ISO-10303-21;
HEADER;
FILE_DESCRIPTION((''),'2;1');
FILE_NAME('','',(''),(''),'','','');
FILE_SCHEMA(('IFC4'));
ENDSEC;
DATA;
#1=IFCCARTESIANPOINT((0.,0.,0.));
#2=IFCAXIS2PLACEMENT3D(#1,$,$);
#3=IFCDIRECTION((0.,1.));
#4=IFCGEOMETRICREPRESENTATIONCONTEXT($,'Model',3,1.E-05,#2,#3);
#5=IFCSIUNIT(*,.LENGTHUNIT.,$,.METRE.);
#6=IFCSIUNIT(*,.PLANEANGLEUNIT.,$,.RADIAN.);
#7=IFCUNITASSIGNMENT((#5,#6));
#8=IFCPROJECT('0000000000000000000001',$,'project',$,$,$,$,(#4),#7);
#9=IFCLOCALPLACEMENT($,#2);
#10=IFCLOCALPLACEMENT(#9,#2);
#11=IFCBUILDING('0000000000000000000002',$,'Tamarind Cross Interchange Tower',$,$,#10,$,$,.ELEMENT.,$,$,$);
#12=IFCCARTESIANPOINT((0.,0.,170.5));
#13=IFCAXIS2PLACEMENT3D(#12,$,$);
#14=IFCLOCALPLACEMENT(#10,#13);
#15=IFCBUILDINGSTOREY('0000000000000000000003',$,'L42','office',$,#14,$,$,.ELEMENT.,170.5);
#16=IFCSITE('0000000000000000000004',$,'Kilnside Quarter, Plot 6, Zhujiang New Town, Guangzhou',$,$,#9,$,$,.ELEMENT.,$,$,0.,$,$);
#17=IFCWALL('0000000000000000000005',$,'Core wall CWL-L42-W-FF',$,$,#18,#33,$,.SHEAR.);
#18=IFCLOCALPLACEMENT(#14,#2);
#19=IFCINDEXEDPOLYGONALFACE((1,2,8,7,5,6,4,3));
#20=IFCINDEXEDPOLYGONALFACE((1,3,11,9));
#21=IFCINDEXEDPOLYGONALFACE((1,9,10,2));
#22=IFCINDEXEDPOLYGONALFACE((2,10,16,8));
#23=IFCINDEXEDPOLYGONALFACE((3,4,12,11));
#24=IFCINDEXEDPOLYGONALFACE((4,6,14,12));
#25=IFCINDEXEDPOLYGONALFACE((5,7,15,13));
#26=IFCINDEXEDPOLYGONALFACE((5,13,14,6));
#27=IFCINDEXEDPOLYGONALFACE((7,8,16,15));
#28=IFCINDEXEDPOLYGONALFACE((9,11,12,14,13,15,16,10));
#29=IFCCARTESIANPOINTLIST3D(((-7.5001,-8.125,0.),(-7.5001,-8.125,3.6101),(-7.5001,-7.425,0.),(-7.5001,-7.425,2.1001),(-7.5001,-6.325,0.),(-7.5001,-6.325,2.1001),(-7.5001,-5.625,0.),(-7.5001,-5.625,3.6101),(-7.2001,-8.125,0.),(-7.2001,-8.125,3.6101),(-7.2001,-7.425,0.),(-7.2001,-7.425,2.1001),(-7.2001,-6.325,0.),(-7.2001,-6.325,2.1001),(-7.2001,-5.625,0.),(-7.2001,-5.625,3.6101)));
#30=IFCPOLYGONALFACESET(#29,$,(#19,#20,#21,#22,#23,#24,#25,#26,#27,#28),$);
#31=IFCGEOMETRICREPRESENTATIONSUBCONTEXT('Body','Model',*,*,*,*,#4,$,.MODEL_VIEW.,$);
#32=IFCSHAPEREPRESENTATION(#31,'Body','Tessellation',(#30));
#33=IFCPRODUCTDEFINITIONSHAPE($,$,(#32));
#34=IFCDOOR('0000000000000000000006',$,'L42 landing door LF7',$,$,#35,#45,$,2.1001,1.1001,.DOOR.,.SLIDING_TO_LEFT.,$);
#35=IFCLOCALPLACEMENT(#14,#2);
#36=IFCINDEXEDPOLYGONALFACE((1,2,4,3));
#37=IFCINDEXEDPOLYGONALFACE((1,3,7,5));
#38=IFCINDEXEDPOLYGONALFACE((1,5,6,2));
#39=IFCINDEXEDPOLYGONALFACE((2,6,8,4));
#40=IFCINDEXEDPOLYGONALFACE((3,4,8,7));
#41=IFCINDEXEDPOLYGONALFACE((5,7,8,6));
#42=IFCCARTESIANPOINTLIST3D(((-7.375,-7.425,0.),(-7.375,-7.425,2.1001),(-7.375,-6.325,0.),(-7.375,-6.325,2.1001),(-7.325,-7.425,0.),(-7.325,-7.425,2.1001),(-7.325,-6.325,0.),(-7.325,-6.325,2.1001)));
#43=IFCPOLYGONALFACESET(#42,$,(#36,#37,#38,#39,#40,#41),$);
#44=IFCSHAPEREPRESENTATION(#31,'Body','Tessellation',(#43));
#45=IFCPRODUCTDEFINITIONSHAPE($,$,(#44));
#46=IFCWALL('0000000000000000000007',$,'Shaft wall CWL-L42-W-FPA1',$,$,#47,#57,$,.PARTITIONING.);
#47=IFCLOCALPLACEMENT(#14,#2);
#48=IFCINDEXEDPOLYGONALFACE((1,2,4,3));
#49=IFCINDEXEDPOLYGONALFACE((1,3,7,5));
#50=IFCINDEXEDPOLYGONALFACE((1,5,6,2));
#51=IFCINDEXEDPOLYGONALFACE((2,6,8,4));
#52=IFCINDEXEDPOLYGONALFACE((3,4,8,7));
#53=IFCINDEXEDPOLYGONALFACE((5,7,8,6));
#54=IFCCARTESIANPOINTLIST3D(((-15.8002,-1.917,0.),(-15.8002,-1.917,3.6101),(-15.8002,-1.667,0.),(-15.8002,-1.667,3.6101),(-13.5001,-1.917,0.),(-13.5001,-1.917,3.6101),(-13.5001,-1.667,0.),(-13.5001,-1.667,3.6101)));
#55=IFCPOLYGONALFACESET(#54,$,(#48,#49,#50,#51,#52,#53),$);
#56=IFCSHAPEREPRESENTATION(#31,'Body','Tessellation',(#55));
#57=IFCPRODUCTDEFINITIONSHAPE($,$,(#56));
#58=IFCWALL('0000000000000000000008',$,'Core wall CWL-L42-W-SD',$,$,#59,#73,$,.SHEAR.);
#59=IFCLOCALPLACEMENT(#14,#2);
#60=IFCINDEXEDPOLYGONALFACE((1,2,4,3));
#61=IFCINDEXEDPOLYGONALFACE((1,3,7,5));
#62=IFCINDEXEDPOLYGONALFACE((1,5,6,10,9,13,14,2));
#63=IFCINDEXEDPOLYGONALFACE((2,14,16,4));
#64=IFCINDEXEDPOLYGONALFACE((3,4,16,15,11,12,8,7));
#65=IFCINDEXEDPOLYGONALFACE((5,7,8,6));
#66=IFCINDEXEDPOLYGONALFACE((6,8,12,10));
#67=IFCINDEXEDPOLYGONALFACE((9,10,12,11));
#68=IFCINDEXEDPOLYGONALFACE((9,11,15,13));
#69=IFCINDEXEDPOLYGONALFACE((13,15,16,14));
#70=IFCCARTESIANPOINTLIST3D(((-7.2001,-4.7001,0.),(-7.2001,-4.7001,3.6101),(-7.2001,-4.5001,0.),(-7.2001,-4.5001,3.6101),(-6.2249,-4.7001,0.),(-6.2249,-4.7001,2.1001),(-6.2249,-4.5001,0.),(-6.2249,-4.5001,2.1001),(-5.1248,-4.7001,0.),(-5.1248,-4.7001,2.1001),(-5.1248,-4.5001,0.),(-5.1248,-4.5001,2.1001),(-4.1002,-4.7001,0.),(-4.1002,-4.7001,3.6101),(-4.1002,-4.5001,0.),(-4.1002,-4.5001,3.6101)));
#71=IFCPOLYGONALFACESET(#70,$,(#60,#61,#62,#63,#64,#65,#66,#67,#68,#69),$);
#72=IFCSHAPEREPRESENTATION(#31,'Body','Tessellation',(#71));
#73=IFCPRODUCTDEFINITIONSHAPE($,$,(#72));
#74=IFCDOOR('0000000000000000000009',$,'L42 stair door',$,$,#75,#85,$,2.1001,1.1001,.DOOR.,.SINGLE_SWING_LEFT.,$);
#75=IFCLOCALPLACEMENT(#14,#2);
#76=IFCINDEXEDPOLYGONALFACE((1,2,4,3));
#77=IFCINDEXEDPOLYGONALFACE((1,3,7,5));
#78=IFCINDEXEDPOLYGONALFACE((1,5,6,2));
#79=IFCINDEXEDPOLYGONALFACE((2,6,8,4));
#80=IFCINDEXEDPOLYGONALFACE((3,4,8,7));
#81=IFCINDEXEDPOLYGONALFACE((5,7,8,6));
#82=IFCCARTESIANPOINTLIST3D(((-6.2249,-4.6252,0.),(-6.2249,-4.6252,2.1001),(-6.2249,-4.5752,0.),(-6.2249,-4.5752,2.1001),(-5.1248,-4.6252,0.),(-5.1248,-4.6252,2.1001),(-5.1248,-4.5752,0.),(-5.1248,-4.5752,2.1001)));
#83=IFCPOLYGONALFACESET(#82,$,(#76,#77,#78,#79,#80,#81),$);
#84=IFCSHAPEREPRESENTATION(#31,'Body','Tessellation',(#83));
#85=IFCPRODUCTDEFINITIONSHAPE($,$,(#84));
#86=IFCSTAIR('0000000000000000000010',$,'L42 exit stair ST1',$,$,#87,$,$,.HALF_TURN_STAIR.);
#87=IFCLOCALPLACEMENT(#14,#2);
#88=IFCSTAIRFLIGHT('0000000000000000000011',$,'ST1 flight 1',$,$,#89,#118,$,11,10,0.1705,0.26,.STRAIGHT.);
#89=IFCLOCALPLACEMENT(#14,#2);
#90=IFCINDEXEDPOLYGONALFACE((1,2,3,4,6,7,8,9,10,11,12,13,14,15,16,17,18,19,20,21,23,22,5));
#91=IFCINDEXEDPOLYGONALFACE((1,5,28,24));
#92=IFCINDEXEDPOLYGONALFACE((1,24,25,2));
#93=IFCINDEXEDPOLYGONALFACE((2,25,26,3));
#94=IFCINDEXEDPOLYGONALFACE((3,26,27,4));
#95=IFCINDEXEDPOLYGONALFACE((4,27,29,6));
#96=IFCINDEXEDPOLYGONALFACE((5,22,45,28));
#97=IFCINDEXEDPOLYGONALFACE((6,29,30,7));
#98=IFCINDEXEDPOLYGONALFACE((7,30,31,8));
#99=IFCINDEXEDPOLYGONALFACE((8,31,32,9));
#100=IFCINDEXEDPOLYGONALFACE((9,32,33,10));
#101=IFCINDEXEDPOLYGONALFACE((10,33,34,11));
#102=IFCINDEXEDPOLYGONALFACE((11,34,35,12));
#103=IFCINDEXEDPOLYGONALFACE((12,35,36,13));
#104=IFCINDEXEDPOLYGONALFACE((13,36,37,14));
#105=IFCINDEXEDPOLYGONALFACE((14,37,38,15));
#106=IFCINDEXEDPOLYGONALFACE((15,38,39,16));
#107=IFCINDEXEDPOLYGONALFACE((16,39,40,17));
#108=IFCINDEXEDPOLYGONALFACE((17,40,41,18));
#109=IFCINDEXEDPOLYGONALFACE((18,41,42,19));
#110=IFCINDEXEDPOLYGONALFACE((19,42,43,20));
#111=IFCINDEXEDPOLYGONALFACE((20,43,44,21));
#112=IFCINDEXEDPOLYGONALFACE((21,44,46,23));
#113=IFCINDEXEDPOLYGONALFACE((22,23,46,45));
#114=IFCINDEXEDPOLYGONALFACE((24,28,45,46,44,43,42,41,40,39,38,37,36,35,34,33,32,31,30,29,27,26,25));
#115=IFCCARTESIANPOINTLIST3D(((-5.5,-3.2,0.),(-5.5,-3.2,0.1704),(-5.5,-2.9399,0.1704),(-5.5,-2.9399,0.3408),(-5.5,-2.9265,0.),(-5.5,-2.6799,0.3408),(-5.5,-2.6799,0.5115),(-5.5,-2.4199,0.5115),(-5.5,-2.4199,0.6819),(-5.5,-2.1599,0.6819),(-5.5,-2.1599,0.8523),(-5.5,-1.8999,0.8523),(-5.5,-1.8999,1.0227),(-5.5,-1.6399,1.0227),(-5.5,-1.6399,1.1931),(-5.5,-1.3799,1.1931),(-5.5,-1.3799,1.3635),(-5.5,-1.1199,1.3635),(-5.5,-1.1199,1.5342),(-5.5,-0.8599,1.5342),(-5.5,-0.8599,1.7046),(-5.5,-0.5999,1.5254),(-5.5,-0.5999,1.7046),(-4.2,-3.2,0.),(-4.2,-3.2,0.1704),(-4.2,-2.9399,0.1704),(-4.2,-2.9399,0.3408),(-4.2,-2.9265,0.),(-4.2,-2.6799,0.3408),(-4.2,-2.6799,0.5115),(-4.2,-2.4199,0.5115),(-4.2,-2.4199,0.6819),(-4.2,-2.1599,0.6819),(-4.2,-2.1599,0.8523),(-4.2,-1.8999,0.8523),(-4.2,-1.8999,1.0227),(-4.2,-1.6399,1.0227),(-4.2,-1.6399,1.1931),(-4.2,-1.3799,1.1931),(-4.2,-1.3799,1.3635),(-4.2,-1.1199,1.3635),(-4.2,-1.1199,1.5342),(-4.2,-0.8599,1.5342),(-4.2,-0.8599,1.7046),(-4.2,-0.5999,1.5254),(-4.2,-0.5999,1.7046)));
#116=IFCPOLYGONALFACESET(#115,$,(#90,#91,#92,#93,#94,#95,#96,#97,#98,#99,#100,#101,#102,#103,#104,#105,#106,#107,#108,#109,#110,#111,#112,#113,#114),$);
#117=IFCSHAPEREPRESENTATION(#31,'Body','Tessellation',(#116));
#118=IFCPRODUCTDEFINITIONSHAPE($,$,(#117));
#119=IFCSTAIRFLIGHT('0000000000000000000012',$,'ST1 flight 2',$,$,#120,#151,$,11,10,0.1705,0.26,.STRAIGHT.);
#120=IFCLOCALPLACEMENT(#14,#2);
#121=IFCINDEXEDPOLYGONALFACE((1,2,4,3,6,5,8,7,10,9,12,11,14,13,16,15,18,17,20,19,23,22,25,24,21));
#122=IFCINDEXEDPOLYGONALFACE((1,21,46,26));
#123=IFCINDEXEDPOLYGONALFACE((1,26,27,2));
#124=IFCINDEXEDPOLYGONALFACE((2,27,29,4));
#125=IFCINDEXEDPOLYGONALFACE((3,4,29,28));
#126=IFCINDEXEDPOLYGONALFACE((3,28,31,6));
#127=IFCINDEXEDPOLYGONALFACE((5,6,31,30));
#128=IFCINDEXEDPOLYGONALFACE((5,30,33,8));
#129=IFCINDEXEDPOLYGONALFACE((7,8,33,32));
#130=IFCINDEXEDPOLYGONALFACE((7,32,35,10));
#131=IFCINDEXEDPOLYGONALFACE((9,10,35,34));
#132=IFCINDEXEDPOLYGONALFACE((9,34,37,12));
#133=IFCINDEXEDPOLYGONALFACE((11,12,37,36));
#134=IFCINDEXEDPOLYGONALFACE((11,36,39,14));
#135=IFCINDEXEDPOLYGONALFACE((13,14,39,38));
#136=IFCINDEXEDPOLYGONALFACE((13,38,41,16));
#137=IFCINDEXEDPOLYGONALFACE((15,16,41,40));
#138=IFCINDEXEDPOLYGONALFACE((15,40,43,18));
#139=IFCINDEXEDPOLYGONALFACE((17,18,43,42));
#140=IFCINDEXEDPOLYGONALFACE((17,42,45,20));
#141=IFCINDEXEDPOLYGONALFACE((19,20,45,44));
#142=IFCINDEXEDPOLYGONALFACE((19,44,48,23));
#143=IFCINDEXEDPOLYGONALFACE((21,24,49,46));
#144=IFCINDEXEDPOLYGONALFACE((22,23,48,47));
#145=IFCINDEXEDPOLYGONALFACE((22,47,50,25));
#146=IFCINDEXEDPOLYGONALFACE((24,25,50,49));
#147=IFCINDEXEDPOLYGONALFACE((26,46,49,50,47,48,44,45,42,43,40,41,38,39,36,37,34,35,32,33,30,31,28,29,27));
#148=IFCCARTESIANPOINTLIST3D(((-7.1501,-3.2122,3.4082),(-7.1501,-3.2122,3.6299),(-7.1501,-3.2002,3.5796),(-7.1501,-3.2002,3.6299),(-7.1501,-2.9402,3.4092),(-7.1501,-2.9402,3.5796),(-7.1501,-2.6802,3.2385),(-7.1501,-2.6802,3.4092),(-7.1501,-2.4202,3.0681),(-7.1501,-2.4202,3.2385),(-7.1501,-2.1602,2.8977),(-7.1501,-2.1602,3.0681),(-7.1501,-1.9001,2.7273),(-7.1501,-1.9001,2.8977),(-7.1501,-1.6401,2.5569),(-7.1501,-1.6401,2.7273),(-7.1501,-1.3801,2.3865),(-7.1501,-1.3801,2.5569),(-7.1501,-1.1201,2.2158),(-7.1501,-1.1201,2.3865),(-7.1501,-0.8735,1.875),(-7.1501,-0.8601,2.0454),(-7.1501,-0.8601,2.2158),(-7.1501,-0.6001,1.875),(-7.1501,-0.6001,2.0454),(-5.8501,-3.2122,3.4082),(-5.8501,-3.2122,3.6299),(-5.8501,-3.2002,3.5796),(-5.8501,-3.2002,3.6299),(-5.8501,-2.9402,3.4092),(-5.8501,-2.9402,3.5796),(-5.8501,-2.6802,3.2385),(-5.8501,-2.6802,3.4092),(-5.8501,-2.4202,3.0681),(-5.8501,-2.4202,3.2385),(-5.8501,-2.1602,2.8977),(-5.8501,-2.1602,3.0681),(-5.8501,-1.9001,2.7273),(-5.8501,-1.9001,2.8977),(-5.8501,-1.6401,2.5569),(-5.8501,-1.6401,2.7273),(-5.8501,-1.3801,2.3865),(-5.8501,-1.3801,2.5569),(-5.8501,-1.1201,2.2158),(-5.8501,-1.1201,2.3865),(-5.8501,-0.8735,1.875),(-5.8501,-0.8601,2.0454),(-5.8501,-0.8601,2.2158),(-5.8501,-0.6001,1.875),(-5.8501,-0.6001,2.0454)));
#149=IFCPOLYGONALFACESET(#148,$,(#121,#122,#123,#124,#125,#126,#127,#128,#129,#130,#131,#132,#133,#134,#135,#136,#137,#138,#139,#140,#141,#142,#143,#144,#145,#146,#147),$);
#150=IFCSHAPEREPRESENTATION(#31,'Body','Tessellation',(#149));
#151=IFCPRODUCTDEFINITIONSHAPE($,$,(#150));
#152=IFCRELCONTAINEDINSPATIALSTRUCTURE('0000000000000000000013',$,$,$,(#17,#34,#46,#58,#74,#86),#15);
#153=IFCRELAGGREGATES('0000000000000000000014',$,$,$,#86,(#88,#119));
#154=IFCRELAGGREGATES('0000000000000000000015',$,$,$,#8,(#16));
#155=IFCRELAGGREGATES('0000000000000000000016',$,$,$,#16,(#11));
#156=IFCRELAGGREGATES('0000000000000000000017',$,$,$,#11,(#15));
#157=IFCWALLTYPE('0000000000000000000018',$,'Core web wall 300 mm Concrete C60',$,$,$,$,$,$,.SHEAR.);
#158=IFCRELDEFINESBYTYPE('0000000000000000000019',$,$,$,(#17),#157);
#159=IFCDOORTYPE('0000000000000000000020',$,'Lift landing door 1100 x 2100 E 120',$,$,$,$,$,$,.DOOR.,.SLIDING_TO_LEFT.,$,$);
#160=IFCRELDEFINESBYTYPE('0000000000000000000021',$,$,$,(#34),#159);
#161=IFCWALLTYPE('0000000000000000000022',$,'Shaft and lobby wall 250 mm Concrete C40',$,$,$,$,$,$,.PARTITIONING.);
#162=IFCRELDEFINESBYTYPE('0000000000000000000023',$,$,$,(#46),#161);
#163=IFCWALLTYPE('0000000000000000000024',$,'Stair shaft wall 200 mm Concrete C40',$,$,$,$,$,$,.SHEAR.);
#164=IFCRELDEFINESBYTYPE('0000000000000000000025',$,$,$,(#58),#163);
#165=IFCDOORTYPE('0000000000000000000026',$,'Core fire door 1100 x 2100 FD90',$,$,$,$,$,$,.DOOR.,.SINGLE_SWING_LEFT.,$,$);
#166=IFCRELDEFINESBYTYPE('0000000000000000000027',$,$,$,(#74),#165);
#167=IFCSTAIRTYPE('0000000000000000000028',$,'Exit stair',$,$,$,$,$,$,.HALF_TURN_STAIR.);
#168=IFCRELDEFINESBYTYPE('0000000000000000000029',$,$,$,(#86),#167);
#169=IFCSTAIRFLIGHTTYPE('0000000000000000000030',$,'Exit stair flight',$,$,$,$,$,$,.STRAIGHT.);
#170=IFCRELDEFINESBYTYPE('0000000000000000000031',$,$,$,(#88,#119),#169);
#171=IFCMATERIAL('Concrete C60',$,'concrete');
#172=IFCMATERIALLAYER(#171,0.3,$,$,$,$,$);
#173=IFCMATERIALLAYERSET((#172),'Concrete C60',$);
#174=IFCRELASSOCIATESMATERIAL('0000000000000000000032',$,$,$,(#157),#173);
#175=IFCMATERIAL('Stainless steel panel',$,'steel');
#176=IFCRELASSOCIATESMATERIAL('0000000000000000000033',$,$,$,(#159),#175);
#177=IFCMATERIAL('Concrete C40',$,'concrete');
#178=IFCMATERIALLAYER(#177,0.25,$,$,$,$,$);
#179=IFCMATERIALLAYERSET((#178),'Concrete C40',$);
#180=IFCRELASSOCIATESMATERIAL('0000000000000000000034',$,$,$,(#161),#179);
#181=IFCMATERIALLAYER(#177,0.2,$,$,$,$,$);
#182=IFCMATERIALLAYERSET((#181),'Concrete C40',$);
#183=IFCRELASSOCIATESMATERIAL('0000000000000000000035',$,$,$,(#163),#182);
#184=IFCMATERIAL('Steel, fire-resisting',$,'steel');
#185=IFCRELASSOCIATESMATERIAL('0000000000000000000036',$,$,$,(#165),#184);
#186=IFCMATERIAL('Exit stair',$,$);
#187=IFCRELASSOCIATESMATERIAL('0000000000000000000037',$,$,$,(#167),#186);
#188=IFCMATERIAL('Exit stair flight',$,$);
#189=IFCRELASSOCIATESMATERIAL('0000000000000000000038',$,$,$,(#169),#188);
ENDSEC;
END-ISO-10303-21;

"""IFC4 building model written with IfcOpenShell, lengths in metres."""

from ifc_helpers import new_model, si_unit, direction, frame, frame_2d, origin, place, context, subcontext, project, spatial, polyline, rectangle, outline, extrude, material, layer, layer_set, type_object, element, fill, aggregate, save


model = new_model("IFC4")

# Units and contexts
model_context = context("Model", 3, precision=1e-05, world=origin(), true_north=direction((0.0, 1.0)))
body_context = subcontext(model_context, "Body", "Model", "MODEL_VIEW")
ifc_project = project(units=[si_unit("LENGTHUNIT", "METRE"), si_unit("PLANEANGLEUNIT", "RADIAN")], contexts=[model_context])

# Site, building, storey
site_placement = place(None, origin())
site = spatial("IfcSite", under=ifc_project, at=site_placement, Name="Kilnside Quarter, Plot 6, Zhujiang New Town, Guangzhou", CompositionType="ELEMENT", RefElevation=0.0)
building_placement = place(site_placement, origin())
building = spatial("IfcBuilding", under=site, at=building_placement, Name="Tamarind Cross Interchange Tower", CompositionType="ELEMENT")
storey_placement = place(building_placement, frame((0.0, 0.0, 170.5)))
storey = spatial("IfcBuildingStorey", under=building, at=storey_placement, Name="L42", Description="office", CompositionType="ELEMENT", Elevation=170.5)

# Shared definitions
ifc_material_1 = material(Name="Concrete C60", Category="concrete")
ifc_material_2 = material(Name="Steel, fire-resisting", Category="steel")

# Wall, opening, door
ifc_layer_1 = layer(ifc_material_1, 0.3)
ifc_layer_set_1 = layer_set([ifc_layer_1], Name="Concrete C60")
wall_type_1 = type_object("IfcWallType", Name="Core web wall 300 mm Concrete C60", PredefinedType="SHEAR", material=ifc_layer_set_1)
wall_1_placement = place(storey_placement, frame((-7.3501, -8.125, 0.0), z_axis=(0.0, 0.0, 1.0), x_axis=(0.0, 1.0, 0.0)))
wall_1 = element("IfcWall", 1, at=wall_1_placement, inside=storey, type_object=wall_type_1, Name="Core wall CWL-L42-W-FF", PredefinedType="SHEAR", context=body_context, shape_type="SweptSolid", body=[
    extrude(rectangle(XDim=2.5, YDim=0.3, at=frame_2d((1.25, 0.0))), origin(), (0.0, 0.0, 1.0), 3.6101),
])
opening_1_placement = place(wall_1_placement, frame((0.7, 0.0, 0.0)))
opening_1 = element("IfcOpeningElement", 2, at=opening_1_placement, cuts=wall_1, PredefinedType="OPENING", context=body_context, shape_type="SweptSolid", body=[
    extrude(rectangle(XDim=1.1001, YDim=2.1001, at=frame_2d((0.55, 1.05))), frame((0.0, 0.1599, 0.0), z_axis=(0.0, -1.0, 0.0), x_axis=(1.0, 0.0, 0.0)), (0.0, 0.0, 1.0), 0.3201),
])
ifc_material_3 = material(Name="Stainless steel panel", Category="steel")
door_type_1 = type_object("IfcDoorType", Name="Lift landing door 1100 x 2100 E 120", OperationType="SLIDING_TO_LEFT", PredefinedType="DOOR", material=ifc_material_3)
door_1_placement = place(opening_1_placement, origin())
door_1 = element("IfcDoor", 3, at=door_1_placement, inside=storey, type_object=door_type_1, Name="L42 landing door LF7", OperationType="SLIDING_TO_LEFT", OverallHeight=2.1001, OverallWidth=1.1001, PredefinedType="DOOR", context=body_context, shape_type="SweptSolid", body=[
    extrude(rectangle(XDim=1.1001, YDim=2.1001, at=frame_2d((0.55, 1.05))), frame((0.0, 0.0249, 0.0), z_axis=(0.0, -1.0, 0.0), x_axis=(1.0, 0.0, 0.0)), (0.0, 0.0, 1.0), 0.05),
])
fill(opening_1, door_1)

# Wall
ifc_material_4 = material(Name="Concrete C40", Category="concrete")
ifc_layer_2 = layer(ifc_material_4, 0.25)
ifc_layer_set_2 = layer_set([ifc_layer_2], Name="Concrete C40")
wall_type_2 = type_object("IfcWallType", Name="Shaft and lobby wall 250 mm Concrete C40", PredefinedType="PARTITIONING", material=ifc_layer_set_2)
wall_2_placement = place(storey_placement, frame((-15.8, -1.792, 0.0), z_axis=(0.0, 0.0, 1.0), x_axis=(1.0, 0.0, 0.0)))
element("IfcWall", 4, at=wall_2_placement, inside=storey, type_object=wall_type_2, Name="Shaft wall CWL-L42-W-FPA1", PredefinedType="PARTITIONING", context=body_context, shape_type="SweptSolid", body=[
    extrude(rectangle(XDim=2.3, YDim=0.25, at=frame_2d((1.1499, 0.0))), origin(), (0.0, 0.0, 1.0), 3.6101),
])

# Wall, opening, door
ifc_layer_3 = layer(ifc_material_4, 0.2)
ifc_layer_set_3 = layer_set([ifc_layer_3], Name="Concrete C40")
wall_type_3 = type_object("IfcWallType", Name="Stair shaft wall 200 mm Concrete C40", PredefinedType="SHEAR", material=ifc_layer_set_3)
wall_3_placement = place(storey_placement, frame((-7.2, -4.6001, 0.0), z_axis=(0.0, 0.0, 1.0), x_axis=(1.0, 0.0, 0.0)))
wall_3 = element("IfcWall", 5, at=wall_3_placement, inside=storey, type_object=wall_type_3, Name="Core wall CWL-L42-W-SD", PredefinedType="SHEAR", context=body_context, shape_type="SweptSolid", body=[
    extrude(rectangle(XDim=3.0999, YDim=0.2, at=frame_2d((1.5498, 0.0))), origin(), (0.0, 0.0, 1.0), 3.6101),
])
opening_2_placement = place(wall_3_placement, frame((0.9751, 0.0, 0.0)))
opening_2 = element("IfcOpeningElement", 6, at=opening_2_placement, cuts=wall_3, PredefinedType="OPENING", context=body_context, shape_type="SweptSolid", body=[
    extrude(rectangle(XDim=1.1001, YDim=2.1001, at=frame_2d((0.55, 1.05))), frame((0.0, 0.1099, 0.0), z_axis=(0.0, -1.0, 0.0), x_axis=(1.0, 0.0, 0.0)), (0.0, 0.0, 1.0), 0.22),
])
door_type_2 = type_object("IfcDoorType", Name="Core fire door 1100 x 2100 FD90", OperationType="SINGLE_SWING_LEFT", PredefinedType="DOOR", material=ifc_material_2)
door_2_placement = place(opening_2_placement, origin())
door_2 = element("IfcDoor", 7, at=door_2_placement, inside=storey, type_object=door_type_2, Name="L42 stair door", OperationType="SINGLE_SWING_LEFT", OverallHeight=2.1001, OverallWidth=1.1001, PredefinedType="DOOR", context=body_context, shape_type="SweptSolid", body=[
    extrude(rectangle(XDim=1.1001, YDim=2.1001, at=frame_2d((0.55, 1.05))), frame((0.0, 0.0249, 0.0), z_axis=(0.0, -1.0, 0.0), x_axis=(1.0, 0.0, 0.0)), (0.0, 0.0, 1.0), 0.05),
])
fill(opening_2, door_2)

# Stair, stair flights
ifc_material_5 = material(Name="Exit stair")
stair_type = type_object("IfcStairType", Name="Exit stair", PredefinedType="HALF_TURN_STAIR", material=ifc_material_5)
stair_placement = place(storey_placement, origin())
stair = element("IfcStair", 8, at=stair_placement, inside=storey, type_object=stair_type, Name="L42 exit stair ST1", PredefinedType="HALF_TURN_STAIR")
ifc_material_6 = material(Name="Exit stair flight")
stair_flight_type = type_object("IfcStairFlightType", Name="Exit stair flight", PredefinedType="STRAIGHT", material=ifc_material_6)
stair_flight_1_placement = place(storey_placement, frame((-4.8501, -3.2, 0.0), z_axis=(0.0, 0.0, 1.0), x_axis=(0.0, 1.0, 0.0)))
stair_flight_1 = element("IfcStairFlight", 9, at=stair_flight_1_placement, type_object=stair_flight_type, Name="ST1 flight 1", NumberOfRisers=11, NumberOfTreads=10, PredefinedType="STRAIGHT", RiserHeight=0.1705, TreadLength=0.26, context=body_context, shape_type="SweptSolid", body=[
    extrude(outline(polyline([(0.0, 0.0), (0.0, 0.1704), (0.26, 0.1704), (0.26, 0.3408), (0.52, 0.3408), (0.52, 0.5115), (0.78, 0.5115), (0.78, 0.6819), (1.04, 0.6819), (1.04, 0.8523), (1.3, 0.8523), (1.3, 1.0227), (1.5601, 1.0227), (1.5601, 1.1931), (1.8201, 1.1931), (1.8201, 1.3635), (2.0801, 1.3635), (2.0801, 1.5342), (2.3401, 1.5342), (2.3401, 1.7046), (2.6001, 1.7046), (2.6001, 1.875), (2.6001, 1.5254), (0.2734, 0.0), (0.0, 0.0)])), frame((0.0, 0.6499, 0.0), z_axis=(0.0, -1.0, 0.0), x_axis=(1.0, 0.0, 0.0)), (0.0, 0.0, 1.0), 1.3),
])
stair_flight_2_placement = place(storey_placement, frame((-6.5, -0.6001, 1.875), z_axis=(0.0, 0.0, 1.0), x_axis=(0.0, -1.0, 0.0)))
stair_flight_2 = element("IfcStairFlight", 10, at=stair_flight_2_placement, type_object=stair_flight_type, Name="ST1 flight 2", NumberOfRisers=11, NumberOfTreads=10, PredefinedType="STRAIGHT", RiserHeight=0.1705, TreadLength=0.26, context=body_context, shape_type="SweptSolid", body=[
    extrude(outline(polyline([(0.0, 0.0), (0.0, 0.1704), (0.26, 0.1704), (0.26, 0.3408), (0.52, 0.3408), (0.52, 0.5115), (0.78, 0.5115), (0.78, 0.6819), (1.04, 0.6819), (1.04, 0.8523), (1.3, 0.8523), (1.3, 1.0227), (1.5601, 1.0227), (1.5601, 1.1931), (1.8201, 1.1931), (1.8201, 1.3635), (2.0801, 1.3635), (2.0801, 1.5342), (2.3401, 1.5342), (2.3401, 1.7046), (2.6001, 1.7046), (2.6001, 1.7549), (2.6121, 1.7549), (2.6121, 1.5332), (0.2734, 0.0), (0.0, 0.0)])), frame((0.0, 0.6499, 0.0), z_axis=(0.0, -1.0, 0.0), x_axis=(1.0, 0.0, 0.0)), (0.0, 0.0, 1.0), 1.3),
])
aggregate(stair, [stair_flight_1, stair_flight_2])

save(model, "model.ifc")
